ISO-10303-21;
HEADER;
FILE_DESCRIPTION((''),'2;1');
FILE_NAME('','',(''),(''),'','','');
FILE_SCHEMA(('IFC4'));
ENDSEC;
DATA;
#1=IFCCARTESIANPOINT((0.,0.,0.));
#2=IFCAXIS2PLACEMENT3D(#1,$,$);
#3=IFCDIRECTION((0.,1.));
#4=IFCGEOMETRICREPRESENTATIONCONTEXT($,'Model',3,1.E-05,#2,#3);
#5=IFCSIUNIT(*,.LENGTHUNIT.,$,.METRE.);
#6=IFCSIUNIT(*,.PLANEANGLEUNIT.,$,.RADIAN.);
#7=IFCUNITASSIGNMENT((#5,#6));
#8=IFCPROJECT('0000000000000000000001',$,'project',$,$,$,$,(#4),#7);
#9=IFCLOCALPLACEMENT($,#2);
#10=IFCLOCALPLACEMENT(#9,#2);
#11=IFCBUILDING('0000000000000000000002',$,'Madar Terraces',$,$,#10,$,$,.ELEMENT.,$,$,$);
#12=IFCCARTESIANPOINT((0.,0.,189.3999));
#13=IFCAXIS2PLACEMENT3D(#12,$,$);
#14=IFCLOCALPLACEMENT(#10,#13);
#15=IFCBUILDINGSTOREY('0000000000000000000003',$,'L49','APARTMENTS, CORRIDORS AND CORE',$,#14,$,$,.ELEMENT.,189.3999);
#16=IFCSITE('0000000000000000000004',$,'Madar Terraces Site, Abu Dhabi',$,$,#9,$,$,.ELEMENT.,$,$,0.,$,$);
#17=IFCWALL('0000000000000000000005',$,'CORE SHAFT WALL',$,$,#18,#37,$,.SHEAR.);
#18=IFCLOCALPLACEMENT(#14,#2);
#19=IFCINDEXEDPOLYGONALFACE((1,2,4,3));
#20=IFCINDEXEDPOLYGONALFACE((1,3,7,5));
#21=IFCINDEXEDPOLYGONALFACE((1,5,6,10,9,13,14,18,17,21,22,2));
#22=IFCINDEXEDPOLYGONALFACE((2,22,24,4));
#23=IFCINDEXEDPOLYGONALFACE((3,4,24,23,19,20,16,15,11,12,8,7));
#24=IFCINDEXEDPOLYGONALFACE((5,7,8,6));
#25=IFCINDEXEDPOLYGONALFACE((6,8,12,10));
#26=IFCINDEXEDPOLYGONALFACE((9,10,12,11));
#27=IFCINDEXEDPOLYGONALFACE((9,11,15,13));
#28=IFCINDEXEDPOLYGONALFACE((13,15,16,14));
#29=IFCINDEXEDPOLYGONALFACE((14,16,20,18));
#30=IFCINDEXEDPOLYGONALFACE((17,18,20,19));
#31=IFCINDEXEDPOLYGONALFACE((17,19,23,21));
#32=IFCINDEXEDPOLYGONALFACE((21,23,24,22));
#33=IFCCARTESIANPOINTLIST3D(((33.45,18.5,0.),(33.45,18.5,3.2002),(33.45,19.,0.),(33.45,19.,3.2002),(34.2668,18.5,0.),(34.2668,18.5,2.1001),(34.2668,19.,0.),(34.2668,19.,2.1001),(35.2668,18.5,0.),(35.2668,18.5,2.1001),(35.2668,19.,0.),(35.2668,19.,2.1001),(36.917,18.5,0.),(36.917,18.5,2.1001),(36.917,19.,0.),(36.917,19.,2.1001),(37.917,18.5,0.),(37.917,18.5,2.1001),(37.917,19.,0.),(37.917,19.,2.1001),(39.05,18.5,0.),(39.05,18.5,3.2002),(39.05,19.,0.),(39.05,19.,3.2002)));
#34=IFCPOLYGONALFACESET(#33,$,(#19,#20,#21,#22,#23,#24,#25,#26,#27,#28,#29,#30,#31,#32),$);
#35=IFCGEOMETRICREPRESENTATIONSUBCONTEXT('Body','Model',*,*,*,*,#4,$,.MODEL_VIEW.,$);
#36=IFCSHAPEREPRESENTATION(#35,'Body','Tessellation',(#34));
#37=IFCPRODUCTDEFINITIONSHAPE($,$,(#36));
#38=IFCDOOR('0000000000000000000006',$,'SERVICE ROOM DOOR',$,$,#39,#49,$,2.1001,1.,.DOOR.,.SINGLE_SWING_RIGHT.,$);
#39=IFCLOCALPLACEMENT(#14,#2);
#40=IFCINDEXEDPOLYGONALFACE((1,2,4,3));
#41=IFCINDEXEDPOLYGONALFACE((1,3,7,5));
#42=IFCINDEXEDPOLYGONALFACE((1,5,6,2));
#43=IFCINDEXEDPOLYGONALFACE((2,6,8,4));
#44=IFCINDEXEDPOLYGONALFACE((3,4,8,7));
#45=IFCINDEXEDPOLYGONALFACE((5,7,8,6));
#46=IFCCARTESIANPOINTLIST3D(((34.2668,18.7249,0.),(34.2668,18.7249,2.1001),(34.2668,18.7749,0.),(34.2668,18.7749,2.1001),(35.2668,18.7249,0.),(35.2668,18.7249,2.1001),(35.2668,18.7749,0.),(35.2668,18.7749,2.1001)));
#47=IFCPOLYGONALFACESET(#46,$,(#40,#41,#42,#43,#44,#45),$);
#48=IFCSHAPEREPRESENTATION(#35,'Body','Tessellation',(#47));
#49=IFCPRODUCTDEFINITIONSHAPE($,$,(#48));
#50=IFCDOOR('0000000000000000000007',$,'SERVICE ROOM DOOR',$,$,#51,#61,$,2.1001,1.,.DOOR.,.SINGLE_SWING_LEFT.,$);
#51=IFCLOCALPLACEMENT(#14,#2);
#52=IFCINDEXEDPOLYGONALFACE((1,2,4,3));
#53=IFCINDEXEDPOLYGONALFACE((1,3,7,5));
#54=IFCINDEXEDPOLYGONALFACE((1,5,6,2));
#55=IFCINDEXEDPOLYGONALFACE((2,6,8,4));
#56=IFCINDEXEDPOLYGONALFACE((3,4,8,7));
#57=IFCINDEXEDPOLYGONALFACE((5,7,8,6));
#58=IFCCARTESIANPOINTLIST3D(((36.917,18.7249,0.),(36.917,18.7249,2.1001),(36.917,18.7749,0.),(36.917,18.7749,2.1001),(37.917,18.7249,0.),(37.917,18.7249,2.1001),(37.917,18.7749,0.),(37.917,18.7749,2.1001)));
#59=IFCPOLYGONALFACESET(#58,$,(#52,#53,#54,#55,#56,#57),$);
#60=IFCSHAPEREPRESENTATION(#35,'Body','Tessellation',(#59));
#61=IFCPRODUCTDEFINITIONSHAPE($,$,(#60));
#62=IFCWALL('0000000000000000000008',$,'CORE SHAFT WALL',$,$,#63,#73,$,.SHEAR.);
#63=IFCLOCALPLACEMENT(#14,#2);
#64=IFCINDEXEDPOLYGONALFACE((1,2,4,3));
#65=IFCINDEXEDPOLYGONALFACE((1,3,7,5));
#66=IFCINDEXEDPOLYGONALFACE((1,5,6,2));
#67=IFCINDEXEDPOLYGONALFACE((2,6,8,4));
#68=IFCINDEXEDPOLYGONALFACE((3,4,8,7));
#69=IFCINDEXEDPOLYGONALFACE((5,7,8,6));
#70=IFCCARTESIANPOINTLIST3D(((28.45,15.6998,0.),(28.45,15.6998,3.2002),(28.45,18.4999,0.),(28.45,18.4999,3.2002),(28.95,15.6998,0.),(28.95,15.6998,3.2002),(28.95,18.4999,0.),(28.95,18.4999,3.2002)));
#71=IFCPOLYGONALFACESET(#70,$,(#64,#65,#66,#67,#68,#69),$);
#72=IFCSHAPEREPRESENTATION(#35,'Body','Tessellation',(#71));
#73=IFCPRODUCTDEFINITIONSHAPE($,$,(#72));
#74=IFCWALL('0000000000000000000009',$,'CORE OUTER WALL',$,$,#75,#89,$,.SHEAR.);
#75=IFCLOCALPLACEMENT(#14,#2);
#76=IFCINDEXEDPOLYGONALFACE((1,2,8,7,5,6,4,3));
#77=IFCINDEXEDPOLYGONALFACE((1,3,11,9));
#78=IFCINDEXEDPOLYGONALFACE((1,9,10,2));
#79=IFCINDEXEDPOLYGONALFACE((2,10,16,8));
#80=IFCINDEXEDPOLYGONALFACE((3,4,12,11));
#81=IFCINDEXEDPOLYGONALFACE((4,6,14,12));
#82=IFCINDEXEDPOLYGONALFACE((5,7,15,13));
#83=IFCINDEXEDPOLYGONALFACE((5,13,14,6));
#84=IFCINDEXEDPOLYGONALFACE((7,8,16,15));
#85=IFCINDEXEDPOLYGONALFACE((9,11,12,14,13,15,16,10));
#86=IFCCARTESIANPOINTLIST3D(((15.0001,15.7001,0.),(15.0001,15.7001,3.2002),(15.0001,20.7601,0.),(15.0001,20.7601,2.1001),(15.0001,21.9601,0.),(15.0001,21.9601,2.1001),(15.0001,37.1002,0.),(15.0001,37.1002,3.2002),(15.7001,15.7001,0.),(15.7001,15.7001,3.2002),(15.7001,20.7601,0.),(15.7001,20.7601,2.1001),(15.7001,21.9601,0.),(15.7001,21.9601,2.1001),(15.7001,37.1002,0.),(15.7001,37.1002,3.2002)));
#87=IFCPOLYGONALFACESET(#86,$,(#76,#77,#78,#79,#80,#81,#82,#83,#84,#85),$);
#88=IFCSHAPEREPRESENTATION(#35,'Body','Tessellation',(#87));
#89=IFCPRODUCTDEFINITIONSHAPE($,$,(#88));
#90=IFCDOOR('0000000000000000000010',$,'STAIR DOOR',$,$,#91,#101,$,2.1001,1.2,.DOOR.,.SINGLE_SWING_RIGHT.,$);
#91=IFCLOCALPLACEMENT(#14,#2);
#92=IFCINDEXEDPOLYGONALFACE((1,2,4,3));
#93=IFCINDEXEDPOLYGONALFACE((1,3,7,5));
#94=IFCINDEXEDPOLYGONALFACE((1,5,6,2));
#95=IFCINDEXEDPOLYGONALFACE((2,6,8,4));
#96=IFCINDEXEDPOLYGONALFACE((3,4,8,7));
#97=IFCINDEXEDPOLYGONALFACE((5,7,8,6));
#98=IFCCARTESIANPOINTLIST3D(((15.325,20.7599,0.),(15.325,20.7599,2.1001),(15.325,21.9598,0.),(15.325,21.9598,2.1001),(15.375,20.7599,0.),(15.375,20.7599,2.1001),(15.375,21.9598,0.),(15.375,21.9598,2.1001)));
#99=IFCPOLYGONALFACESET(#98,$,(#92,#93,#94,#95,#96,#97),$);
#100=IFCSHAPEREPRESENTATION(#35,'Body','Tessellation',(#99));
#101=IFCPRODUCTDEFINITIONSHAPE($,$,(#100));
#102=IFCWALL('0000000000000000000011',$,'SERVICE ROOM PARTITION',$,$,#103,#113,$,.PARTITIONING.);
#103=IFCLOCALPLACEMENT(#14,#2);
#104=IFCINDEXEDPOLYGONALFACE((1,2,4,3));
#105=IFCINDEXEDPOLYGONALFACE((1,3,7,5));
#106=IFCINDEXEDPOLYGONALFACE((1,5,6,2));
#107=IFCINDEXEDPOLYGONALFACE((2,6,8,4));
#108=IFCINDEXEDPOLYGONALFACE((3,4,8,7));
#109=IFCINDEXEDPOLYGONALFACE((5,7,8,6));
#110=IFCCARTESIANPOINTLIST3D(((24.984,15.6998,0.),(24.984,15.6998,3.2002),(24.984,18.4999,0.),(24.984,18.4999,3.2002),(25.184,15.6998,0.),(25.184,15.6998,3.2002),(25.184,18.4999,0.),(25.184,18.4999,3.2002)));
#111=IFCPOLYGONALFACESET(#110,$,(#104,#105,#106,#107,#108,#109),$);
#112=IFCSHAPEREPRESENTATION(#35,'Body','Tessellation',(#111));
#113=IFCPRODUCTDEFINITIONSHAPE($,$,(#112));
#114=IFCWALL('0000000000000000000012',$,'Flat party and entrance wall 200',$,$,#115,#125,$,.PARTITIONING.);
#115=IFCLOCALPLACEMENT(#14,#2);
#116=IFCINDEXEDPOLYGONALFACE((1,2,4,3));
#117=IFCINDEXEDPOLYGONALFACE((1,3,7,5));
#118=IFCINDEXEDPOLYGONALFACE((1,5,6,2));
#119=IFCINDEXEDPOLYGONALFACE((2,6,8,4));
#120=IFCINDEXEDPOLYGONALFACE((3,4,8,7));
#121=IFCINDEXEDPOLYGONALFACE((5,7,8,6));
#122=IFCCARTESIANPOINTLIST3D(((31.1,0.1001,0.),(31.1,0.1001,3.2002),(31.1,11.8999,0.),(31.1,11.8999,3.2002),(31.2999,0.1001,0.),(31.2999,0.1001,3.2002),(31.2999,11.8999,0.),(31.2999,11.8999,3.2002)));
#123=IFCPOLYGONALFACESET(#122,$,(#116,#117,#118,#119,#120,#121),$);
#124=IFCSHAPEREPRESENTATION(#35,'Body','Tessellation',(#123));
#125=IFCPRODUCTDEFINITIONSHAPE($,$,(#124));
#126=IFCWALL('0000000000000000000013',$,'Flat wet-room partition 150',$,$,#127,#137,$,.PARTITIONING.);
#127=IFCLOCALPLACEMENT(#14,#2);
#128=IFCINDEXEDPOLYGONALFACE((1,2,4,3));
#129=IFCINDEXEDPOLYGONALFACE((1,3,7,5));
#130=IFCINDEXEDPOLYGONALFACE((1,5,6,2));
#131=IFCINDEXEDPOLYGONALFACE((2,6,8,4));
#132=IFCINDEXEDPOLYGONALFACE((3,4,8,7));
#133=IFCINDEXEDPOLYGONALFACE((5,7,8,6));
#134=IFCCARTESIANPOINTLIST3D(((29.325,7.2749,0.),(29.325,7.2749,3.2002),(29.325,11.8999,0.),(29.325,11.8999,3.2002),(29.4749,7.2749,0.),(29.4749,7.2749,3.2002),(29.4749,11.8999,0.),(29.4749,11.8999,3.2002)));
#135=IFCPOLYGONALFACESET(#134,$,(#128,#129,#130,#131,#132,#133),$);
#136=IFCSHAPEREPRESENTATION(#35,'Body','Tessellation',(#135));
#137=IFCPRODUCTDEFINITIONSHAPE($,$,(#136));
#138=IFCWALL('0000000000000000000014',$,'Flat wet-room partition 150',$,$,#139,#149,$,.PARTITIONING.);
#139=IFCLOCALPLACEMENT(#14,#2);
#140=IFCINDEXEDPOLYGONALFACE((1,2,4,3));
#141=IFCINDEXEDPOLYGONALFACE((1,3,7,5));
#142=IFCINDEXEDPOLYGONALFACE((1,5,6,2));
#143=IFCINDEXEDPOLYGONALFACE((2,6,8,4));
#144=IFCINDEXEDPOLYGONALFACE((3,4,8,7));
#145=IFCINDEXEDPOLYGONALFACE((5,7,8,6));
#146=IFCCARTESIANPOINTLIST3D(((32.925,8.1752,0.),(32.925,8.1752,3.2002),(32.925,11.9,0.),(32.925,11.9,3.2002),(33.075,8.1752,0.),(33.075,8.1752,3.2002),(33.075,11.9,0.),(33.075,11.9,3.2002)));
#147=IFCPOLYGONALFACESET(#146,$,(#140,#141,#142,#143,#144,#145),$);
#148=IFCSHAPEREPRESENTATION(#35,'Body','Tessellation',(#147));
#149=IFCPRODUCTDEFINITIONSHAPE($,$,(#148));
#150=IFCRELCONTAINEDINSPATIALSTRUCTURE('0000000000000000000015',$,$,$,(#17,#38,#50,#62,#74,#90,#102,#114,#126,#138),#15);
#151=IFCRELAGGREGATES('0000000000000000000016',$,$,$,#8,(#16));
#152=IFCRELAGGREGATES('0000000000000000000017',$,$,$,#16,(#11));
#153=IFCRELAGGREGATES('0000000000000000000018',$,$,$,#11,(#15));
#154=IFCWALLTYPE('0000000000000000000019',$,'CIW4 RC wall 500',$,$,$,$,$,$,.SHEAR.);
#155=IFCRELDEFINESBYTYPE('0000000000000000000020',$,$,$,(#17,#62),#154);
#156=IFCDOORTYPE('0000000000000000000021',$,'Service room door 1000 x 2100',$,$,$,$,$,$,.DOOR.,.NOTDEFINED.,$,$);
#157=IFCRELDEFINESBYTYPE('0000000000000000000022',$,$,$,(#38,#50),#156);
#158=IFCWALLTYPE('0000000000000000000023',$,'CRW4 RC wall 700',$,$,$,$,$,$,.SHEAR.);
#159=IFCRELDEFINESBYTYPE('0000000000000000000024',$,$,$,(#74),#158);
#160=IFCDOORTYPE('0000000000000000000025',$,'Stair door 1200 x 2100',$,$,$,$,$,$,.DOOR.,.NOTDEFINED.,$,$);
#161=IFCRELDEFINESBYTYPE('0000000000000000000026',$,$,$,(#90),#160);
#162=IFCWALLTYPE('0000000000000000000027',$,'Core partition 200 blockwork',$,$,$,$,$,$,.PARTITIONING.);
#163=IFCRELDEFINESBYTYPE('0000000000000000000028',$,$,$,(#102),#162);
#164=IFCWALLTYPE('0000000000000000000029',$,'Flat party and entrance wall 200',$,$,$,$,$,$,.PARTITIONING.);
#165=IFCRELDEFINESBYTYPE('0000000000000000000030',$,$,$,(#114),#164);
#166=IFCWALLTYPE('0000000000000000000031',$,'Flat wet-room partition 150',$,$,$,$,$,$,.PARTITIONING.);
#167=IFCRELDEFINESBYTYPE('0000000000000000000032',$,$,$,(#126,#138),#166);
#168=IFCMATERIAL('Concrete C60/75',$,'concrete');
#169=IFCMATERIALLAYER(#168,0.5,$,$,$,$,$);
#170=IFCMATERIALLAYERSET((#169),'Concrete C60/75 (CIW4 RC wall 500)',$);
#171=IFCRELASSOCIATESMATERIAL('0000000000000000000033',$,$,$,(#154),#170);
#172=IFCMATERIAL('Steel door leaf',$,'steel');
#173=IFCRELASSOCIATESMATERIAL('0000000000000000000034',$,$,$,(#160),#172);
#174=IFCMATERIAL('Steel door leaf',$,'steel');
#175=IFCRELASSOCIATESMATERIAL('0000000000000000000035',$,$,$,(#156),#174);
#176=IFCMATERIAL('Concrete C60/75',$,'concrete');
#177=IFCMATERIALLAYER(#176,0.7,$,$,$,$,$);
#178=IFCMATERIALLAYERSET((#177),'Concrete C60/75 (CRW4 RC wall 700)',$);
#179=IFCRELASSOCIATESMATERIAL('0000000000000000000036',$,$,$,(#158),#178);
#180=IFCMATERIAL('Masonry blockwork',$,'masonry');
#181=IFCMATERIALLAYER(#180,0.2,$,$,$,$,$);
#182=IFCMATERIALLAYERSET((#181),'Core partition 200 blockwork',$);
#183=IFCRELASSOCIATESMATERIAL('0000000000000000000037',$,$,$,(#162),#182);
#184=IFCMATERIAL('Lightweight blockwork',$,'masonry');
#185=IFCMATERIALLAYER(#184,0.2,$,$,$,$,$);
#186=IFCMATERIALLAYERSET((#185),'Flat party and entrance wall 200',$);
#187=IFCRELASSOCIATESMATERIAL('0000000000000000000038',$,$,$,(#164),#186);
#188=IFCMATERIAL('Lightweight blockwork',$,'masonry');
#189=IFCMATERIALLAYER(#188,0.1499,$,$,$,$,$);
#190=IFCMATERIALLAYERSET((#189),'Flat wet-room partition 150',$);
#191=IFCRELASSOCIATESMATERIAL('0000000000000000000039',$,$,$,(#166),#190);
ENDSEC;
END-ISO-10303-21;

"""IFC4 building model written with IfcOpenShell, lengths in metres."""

from ifc_helpers import new_model, si_unit, direction, frame, frame_2d, origin, place, context, subcontext, project, spatial, rectangle, extrude, material, layer, layer_set, type_object, element, fill, save


model = new_model("IFC4")

# Units and contexts
model_context = context("Model", 3, precision=1e-05, world=origin(), true_north=direction((0.0, 1.0)))
body_context = subcontext(model_context, "Body", "Model", "MODEL_VIEW")
ifc_project = project(units=[si_unit("LENGTHUNIT", "METRE"), si_unit("PLANEANGLEUNIT", "RADIAN")], contexts=[model_context])

# Site, building, storey
site_placement = place(None, origin())
site = spatial("IfcSite", under=ifc_project, at=site_placement, Name="Madar Terraces Site, Abu Dhabi", CompositionType="ELEMENT", RefElevation=0.0)
building_placement = place(site_placement, origin())
building = spatial("IfcBuilding", under=site, at=building_placement, Name="Madar Terraces", CompositionType="ELEMENT")
storey_placement = place(building_placement, frame((0.0, 0.0, 189.3999)))
storey = spatial("IfcBuildingStorey", under=building, at=storey_placement, Name="L49", Description="APARTMENTS, CORRIDORS AND CORE", CompositionType="ELEMENT", Elevation=189.3999)

# Shared definitions
ifc_material_1 = material(Name="Concrete C60/75", Category="concrete")
ifc_layer_1 = layer(ifc_material_1, 0.5)
ifc_layer_set_1 = layer_set([ifc_layer_1], Name="Concrete C60/75 (CIW4 RC wall 500)")
wall_type_1 = type_object("IfcWallType", Name="CIW4 RC wall 500", PredefinedType="SHEAR", material=ifc_layer_set_1)
ifc_material_2 = material(Name="Steel door leaf", Category="steel")
door_type_1 = type_object("IfcDoorType", Name="Stair door 1200 x 2100", OperationType="NOTDEFINED", PredefinedType="DOOR", material=ifc_material_2)

# Wall, openings, doors
ifc_material_3 = material(Name="Steel door leaf", Category="steel")
door_type_2 = type_object("IfcDoorType", Name="Service room door 1000 x 2100", OperationType="NOTDEFINED", PredefinedType="DOOR", material=ifc_material_3)
wall_1_placement = place(storey_placement, frame((33.45, 18.75, 0.0), z_axis=(0.0, 0.0, 1.0), x_axis=(1.0, 0.0, 0.0)))
wall_1 = element("IfcWall", 1, at=wall_1_placement, inside=storey, type_object=wall_type_1, Name="CORE SHAFT WALL", PredefinedType="SHEAR", context=body_context, shape_type="SweptSolid", body=[
    extrude(rectangle(XDim=5.6001, YDim=0.5, at=frame_2d((2.8, 0.0))), origin(), (0.0, 0.0, 1.0), 3.2002),
])
opening_1_placement = place(wall_1_placement, frame((0.8169, 0.0, 0.0)))
opening_1 = element("IfcOpeningElement", 2, at=opening_1_placement, cuts=wall_1, PredefinedType="OPENING", context=body_context, shape_type="SweptSolid", body=[
    extrude(rectangle(XDim=1.0, YDim=2.1001, at=frame_2d((0.5, 1.05))), frame((0.0, 0.26, 0.0), z_axis=(0.0, -1.0, 0.0), x_axis=(1.0, 0.0, 0.0)), (0.0, 0.0, 1.0), 0.52),
])
opening_2_placement = place(wall_1_placement, frame((3.467, 0.0, 0.0)))
opening_2 = element("IfcOpeningElement", 3, at=opening_2_placement, cuts=wall_1, PredefinedType="OPENING", context=body_context, shape_type="SweptSolid", body=[
    extrude(rectangle(XDim=1.0, YDim=2.1001, at=frame_2d((0.5, 1.05))), frame((0.0, 0.26, 0.0), z_axis=(0.0, -1.0, 0.0), x_axis=(1.0, 0.0, 0.0)), (0.0, 0.0, 1.0), 0.52),
])
door_1_placement = place(opening_1_placement, origin())
door_1 = element("IfcDoor", 4, at=door_1_placement, inside=storey, type_object=door_type_2, Name="SERVICE ROOM DOOR", OperationType="SINGLE_SWING_RIGHT", OverallHeight=2.1001, OverallWidth=1.0, PredefinedType="DOOR", context=body_context, shape_type="SweptSolid", body=[
    extrude(rectangle(XDim=1.0, YDim=2.1001, at=frame_2d((0.5, 1.05))), frame((0.0, 0.0249, 0.0), z_axis=(0.0, -1.0, 0.0), x_axis=(1.0, 0.0, 0.0)), (0.0, 0.0, 1.0), 0.05),
])
fill(opening_1, door_1)
door_2_placement = place(opening_2_placement, origin())
door_2 = element("IfcDoor", 5, at=door_2_placement, inside=storey, type_object=door_type_2, Name="SERVICE ROOM DOOR", OperationType="SINGLE_SWING_LEFT", OverallHeight=2.1001, OverallWidth=1.0, PredefinedType="DOOR", context=body_context, shape_type="SweptSolid", body=[
    extrude(rectangle(XDim=1.0, YDim=2.1001, at=frame_2d((0.5, 1.05))), frame((0.0, 0.0249, 0.0), z_axis=(0.0, -1.0, 0.0), x_axis=(1.0, 0.0, 0.0)), (0.0, 0.0, 1.0), 0.05),
])
fill(opening_2, door_2)

# Wall
wall_2_placement = place(storey_placement, frame((28.7, 15.7, 0.0), z_axis=(0.0, 0.0, 1.0), x_axis=(0.0, 1.0, 0.0)))
element("IfcWall", 6, at=wall_2_placement, inside=storey, type_object=wall_type_1, Name="CORE SHAFT WALL", PredefinedType="SHEAR", context=body_context, shape_type="SweptSolid", body=[
    extrude(rectangle(XDim=2.8, YDim=0.5, at=frame_2d((1.3999, 0.0))), origin(), (0.0, 0.0, 1.0), 3.2002),
])

# Wall, opening, door
ifc_material_4 = material(Name="Concrete C60/75", Category="concrete")
ifc_layer_2 = layer(ifc_material_4, 0.7)
ifc_layer_set_2 = layer_set([ifc_layer_2], Name="Concrete C60/75 (CRW4 RC wall 700)")
wall_type_2 = type_object("IfcWallType", Name="CRW4 RC wall 700", PredefinedType="SHEAR", material=ifc_layer_set_2)
wall_3_placement = place(storey_placement, frame((15.3501, 15.7, 0.0), z_axis=(0.0, 0.0, 1.0), x_axis=(0.0, 1.0, 0.0)))
wall_3 = element("IfcWall", 7, at=wall_3_placement, inside=storey, type_object=wall_type_2, Name="CORE OUTER WALL", PredefinedType="SHEAR", context=body_context, shape_type="SweptSolid", body=[
    extrude(rectangle(XDim=21.4001, YDim=0.7, at=frame_2d((10.7002, 0.0))), origin(), (0.0, 0.0, 1.0), 3.2002),
])
opening_3_placement = place(wall_3_placement, frame((5.0601, 0.0, 0.0)))
opening_3 = element("IfcOpeningElement", 8, at=opening_3_placement, cuts=wall_3, PredefinedType="OPENING", context=body_context, shape_type="SweptSolid", body=[
    extrude(rectangle(XDim=1.2, YDim=2.1001, at=frame_2d((0.6001, 1.05))), frame((0.0, 0.3599, 0.0), z_axis=(0.0, -1.0, 0.0), x_axis=(1.0, 0.0, 0.0)), (0.0, 0.0, 1.0), 0.72),
])
door_3_placement = place(opening_3_placement, frame((1.2, 0.0, 0.0), z_axis=(0.0, 0.0, 1.0), x_axis=(-1.0, 0.0, 0.0)))
door_3 = element("IfcDoor", 9, at=door_3_placement, inside=storey, type_object=door_type_1, Name="STAIR DOOR", OperationType="SINGLE_SWING_RIGHT", OverallHeight=2.1001, OverallWidth=1.2, PredefinedType="DOOR", context=body_context, shape_type="SweptSolid", body=[
    extrude(rectangle(XDim=1.2, YDim=2.1001, at=frame_2d((0.6001, 1.05))), frame((0.0, 0.0249, 0.0), z_axis=(0.0, -1.0, 0.0), x_axis=(1.0, 0.0, 0.0)), (0.0, 0.0, 1.0), 0.05),
])
fill(opening_3, door_3)

# Walls
ifc_material_5 = material(Name="Masonry blockwork", Category="masonry")
ifc_layer_3 = layer(ifc_material_5, 0.2)
ifc_layer_set_3 = layer_set([ifc_layer_3], Name="Core partition 200 blockwork")
wall_type_3 = type_object("IfcWallType", Name="Core partition 200 blockwork", PredefinedType="PARTITIONING", material=ifc_layer_set_3)
wall_4_placement = place(storey_placement, frame((25.084, 15.7, 0.0), z_axis=(0.0, 0.0, 1.0), x_axis=(0.0, 1.0, 0.0)))
element("IfcWall", 10, at=wall_4_placement, inside=storey, type_object=wall_type_3, Name="SERVICE ROOM PARTITION", PredefinedType="PARTITIONING", context=body_context, shape_type="SweptSolid", body=[
    extrude(rectangle(XDim=2.8, YDim=0.2, at=frame_2d((1.3999, 0.0))), origin(), (0.0, 0.0, 1.0), 3.2002),
])
ifc_material_6 = material(Name="Lightweight blockwork", Category="masonry")
ifc_layer_4 = layer(ifc_material_6, 0.2)
ifc_layer_set_4 = layer_set([ifc_layer_4], Name="Flat party and entrance wall 200")
wall_type_4 = type_object("IfcWallType", Name="Flat party and entrance wall 200", PredefinedType="PARTITIONING", material=ifc_layer_set_4)
wall_5_placement = place(storey_placement, frame((31.2, 11.8999, 0.0), z_axis=(0.0, 0.0, 1.0), x_axis=(0.0, -1.0, 0.0)))
element("IfcWall", 11, at=wall_5_placement, inside=storey, type_object=wall_type_4, Name="Flat party and entrance wall 200", PredefinedType="PARTITIONING", context=body_context, shape_type="SweptSolid", body=[
    extrude(rectangle(XDim=11.7998, YDim=0.2, at=frame_2d((5.8999, 0.0))), origin(), (0.0, 0.0, 1.0), 3.2002),
])
ifc_material_7 = material(Name="Lightweight blockwork", Category="masonry")
ifc_layer_5 = layer(ifc_material_7, 0.1499)
ifc_layer_set_5 = layer_set([ifc_layer_5], Name="Flat wet-room partition 150")
wall_type_5 = type_object("IfcWallType", Name="Flat wet-room partition 150", PredefinedType="PARTITIONING", material=ifc_layer_set_5)
wall_6_placement = place(storey_placement, frame((29.3999, 11.8999, 0.0), z_axis=(0.0, 0.0, 1.0), x_axis=(0.0, -1.0, 0.0)))
element("IfcWall", 12, at=wall_6_placement, inside=storey, type_object=wall_type_5, Name="Flat wet-room partition 150", PredefinedType="PARTITIONING", context=body_context, shape_type="SweptSolid", body=[
    extrude(rectangle(XDim=4.625, YDim=0.1499, at=frame_2d((2.3125, 0.0))), origin(), (0.0, 0.0, 1.0), 3.2002),
])
wall_7_placement = place(storey_placement, frame((33.0, 11.8999, 0.0), z_axis=(0.0, 0.0, 1.0), x_axis=(0.0, -1.0, 0.0)))
element("IfcWall", 13, at=wall_7_placement, inside=storey, type_object=wall_type_5, Name="Flat wet-room partition 150", PredefinedType="PARTITIONING", context=body_context, shape_type="SweptSolid", body=[
    extrude(rectangle(XDim=3.7249, YDim=0.1499, at=frame_2d((1.8623, 0.0))), origin(), (0.0, 0.0, 1.0), 3.2002),
])

save(model, "model.ifc")
